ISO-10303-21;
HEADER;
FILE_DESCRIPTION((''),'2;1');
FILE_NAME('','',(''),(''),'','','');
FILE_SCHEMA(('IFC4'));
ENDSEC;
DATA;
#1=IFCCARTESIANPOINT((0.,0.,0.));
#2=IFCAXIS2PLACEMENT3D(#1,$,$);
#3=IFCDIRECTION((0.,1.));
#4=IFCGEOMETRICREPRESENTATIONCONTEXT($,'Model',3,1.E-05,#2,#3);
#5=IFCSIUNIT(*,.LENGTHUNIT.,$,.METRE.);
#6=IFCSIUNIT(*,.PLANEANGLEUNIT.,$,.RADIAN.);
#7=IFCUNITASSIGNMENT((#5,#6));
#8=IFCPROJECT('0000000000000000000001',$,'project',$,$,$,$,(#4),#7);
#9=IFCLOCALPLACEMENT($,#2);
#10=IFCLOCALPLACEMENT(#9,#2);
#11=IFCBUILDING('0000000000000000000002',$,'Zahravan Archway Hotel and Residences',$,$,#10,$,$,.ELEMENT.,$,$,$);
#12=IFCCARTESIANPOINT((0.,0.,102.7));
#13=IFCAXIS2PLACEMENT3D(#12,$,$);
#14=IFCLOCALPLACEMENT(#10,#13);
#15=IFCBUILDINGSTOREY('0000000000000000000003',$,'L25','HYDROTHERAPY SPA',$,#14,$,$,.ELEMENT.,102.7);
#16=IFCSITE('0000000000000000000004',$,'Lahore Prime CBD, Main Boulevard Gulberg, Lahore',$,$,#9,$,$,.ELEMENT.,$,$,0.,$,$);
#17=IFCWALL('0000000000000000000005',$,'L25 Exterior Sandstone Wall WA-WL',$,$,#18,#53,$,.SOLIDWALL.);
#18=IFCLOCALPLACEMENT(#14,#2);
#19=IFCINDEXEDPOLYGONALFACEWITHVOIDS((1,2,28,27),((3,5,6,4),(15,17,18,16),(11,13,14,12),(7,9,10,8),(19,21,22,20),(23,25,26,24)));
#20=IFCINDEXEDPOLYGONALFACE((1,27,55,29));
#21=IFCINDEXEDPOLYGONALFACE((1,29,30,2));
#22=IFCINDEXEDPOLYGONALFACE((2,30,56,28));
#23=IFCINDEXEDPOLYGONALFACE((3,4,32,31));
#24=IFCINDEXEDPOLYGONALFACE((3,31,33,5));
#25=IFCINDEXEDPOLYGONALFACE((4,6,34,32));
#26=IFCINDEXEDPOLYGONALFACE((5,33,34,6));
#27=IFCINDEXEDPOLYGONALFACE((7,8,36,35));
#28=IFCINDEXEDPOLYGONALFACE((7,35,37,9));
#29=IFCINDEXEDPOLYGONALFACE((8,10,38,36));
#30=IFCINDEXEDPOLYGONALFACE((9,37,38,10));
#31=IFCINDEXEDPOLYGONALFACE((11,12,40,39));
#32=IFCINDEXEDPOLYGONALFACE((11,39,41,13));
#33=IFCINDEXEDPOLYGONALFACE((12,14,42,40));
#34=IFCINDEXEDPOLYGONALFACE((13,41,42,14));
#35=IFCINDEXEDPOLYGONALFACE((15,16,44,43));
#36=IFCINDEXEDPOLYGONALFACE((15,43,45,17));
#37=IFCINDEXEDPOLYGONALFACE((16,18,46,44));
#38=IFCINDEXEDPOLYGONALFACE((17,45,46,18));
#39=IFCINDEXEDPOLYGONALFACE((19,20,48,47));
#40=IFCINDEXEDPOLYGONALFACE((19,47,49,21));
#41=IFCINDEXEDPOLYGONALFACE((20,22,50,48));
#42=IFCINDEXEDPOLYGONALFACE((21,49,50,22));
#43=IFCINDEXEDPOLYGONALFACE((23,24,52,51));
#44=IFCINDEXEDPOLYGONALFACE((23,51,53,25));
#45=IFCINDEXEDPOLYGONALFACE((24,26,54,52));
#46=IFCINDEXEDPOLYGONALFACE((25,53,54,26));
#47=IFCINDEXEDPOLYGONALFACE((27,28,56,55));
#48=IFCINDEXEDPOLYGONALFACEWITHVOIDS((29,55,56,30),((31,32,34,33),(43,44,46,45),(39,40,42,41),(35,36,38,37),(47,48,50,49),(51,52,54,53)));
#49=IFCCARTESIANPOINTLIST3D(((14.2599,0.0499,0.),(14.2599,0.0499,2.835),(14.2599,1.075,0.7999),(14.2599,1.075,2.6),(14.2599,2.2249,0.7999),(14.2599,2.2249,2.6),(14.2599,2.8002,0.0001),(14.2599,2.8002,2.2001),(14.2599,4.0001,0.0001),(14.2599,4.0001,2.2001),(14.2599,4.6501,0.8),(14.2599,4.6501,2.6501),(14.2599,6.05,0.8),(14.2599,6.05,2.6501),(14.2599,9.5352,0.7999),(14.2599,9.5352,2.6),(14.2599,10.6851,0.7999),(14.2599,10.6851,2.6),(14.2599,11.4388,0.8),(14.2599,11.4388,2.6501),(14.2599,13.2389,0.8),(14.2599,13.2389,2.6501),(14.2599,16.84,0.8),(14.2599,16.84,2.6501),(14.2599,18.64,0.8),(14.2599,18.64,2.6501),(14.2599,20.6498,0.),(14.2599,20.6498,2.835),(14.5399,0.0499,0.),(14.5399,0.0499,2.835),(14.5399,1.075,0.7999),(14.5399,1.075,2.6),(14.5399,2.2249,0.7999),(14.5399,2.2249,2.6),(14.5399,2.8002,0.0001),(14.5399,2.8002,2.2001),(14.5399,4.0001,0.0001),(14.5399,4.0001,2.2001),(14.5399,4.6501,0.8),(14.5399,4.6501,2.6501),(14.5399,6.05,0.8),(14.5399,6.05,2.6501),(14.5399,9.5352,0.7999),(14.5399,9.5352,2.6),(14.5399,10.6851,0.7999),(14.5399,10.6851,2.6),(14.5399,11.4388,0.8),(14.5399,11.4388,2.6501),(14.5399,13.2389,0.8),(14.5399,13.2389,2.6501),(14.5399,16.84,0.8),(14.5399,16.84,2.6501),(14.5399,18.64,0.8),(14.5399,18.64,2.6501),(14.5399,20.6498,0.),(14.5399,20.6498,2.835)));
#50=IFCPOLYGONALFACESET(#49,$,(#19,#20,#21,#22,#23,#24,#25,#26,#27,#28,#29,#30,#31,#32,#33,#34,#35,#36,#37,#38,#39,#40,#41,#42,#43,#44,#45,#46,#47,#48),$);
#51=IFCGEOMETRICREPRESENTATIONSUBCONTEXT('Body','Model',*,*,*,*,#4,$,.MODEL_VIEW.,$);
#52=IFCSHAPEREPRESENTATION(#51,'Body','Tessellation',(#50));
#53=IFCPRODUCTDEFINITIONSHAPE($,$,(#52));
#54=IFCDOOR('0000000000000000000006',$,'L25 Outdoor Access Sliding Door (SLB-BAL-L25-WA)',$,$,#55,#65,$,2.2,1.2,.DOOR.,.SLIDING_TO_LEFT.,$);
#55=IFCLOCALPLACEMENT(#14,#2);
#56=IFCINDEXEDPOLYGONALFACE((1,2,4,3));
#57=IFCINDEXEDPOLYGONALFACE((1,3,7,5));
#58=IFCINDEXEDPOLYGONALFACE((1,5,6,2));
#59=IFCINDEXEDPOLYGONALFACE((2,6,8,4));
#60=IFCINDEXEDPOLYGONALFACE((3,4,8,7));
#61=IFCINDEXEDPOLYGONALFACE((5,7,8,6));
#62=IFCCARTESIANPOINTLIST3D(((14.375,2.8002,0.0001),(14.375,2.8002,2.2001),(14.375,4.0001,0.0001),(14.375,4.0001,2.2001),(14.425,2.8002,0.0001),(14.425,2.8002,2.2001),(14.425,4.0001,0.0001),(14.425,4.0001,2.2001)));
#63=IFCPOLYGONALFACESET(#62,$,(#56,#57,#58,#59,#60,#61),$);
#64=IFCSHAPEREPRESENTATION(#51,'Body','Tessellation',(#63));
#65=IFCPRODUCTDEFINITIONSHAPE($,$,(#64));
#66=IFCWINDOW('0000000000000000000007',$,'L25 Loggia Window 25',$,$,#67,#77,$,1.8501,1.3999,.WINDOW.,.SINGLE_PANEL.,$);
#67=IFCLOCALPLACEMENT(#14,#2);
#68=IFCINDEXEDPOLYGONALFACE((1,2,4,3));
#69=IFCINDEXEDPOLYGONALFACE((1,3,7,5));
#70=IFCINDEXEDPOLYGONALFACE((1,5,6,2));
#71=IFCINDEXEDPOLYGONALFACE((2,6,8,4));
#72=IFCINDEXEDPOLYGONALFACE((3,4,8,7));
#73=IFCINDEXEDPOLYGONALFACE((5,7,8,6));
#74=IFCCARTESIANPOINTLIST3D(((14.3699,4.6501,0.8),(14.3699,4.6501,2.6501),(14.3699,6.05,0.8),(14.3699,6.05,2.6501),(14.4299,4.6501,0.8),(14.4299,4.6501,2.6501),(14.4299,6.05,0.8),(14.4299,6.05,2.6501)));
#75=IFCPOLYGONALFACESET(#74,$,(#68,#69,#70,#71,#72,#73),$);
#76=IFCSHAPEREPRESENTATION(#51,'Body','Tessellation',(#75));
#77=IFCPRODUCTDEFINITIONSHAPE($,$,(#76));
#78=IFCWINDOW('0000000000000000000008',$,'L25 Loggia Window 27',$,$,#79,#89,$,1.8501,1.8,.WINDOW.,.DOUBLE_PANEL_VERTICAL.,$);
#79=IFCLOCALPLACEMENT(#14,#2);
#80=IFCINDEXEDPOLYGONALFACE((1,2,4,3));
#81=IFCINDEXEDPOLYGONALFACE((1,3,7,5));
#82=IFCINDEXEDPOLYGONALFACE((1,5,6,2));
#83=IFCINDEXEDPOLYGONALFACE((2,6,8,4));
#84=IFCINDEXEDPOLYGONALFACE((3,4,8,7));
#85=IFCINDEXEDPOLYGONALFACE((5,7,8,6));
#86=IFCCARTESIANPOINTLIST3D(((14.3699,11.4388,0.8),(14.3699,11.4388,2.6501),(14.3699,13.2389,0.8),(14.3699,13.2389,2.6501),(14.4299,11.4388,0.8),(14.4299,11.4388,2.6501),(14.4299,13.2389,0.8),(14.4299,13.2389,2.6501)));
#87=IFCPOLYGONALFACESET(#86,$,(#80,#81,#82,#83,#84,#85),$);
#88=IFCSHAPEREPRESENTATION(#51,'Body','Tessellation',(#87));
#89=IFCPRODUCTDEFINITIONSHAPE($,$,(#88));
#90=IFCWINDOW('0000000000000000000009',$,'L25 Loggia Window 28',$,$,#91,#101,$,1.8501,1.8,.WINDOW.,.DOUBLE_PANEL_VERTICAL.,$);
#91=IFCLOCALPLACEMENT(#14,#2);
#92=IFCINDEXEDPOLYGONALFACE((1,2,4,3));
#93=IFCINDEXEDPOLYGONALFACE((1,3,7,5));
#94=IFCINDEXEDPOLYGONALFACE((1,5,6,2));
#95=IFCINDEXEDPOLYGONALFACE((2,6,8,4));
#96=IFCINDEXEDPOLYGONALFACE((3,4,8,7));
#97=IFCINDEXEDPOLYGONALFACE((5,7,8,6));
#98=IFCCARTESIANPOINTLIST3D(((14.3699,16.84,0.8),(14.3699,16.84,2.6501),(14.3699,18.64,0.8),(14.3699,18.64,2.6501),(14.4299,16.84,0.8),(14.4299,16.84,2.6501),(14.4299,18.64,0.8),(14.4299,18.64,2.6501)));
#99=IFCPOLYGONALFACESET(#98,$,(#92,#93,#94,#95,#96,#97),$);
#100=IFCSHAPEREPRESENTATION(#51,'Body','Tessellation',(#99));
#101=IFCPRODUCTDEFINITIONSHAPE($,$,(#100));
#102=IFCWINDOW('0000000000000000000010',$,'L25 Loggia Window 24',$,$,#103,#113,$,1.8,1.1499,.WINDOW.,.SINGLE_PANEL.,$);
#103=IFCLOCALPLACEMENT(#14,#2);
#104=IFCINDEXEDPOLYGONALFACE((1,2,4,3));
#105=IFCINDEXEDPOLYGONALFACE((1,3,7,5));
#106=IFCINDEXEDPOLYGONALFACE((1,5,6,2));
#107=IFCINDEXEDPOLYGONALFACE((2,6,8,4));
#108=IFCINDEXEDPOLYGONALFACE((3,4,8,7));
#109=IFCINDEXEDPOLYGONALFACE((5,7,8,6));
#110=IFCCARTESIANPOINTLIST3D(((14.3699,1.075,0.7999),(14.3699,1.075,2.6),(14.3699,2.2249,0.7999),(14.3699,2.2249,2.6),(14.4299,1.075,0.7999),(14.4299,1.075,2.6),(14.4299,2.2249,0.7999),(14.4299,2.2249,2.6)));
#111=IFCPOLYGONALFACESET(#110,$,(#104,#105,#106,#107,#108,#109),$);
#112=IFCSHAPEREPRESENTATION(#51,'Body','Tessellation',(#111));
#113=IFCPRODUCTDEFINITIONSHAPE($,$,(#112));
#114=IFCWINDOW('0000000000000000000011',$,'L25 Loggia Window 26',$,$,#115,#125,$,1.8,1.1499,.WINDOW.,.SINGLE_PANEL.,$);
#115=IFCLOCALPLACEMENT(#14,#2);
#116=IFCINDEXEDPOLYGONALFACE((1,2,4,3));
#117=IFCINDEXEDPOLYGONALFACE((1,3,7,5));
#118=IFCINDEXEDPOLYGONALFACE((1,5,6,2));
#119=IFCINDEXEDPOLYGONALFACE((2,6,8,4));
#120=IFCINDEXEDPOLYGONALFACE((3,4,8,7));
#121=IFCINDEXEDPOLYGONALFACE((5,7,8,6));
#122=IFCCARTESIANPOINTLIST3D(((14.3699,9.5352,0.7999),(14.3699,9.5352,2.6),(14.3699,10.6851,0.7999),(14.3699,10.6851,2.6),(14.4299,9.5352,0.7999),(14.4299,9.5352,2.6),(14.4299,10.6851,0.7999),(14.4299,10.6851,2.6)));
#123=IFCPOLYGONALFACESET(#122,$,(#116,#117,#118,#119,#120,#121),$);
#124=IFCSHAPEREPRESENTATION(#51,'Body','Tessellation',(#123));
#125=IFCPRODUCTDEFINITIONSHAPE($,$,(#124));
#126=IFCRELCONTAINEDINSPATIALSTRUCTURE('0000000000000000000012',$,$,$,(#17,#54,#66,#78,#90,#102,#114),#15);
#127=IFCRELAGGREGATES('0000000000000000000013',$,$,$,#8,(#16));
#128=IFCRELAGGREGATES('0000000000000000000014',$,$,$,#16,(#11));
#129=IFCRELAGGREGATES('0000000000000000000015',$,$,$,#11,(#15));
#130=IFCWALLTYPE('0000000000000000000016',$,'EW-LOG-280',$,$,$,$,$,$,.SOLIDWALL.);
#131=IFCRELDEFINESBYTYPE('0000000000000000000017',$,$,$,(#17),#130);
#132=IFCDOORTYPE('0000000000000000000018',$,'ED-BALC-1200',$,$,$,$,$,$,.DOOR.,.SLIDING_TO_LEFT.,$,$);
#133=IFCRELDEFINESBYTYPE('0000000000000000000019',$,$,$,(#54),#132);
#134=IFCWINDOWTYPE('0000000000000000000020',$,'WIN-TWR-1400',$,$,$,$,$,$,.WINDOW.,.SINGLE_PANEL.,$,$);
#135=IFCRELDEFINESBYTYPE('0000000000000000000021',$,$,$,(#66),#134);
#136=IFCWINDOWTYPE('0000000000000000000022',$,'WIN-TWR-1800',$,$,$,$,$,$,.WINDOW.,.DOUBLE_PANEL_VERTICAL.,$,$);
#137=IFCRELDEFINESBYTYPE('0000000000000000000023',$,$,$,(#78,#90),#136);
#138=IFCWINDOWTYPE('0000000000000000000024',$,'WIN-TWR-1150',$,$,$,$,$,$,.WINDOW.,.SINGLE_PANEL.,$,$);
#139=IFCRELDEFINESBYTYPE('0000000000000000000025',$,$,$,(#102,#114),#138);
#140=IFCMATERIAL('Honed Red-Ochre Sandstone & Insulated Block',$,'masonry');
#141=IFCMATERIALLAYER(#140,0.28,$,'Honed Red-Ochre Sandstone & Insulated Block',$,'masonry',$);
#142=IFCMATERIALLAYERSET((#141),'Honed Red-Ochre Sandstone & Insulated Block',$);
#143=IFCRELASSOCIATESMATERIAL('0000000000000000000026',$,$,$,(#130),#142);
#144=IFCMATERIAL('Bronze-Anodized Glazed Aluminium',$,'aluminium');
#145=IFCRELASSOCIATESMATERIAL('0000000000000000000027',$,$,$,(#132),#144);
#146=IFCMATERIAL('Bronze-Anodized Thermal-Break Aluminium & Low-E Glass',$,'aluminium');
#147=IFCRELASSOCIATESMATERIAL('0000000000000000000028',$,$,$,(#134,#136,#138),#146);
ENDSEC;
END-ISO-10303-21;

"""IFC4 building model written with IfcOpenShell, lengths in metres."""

from ifc_helpers import new_model, si_unit, direction, frame, frame_2d, origin, place, context, subcontext, project, spatial, rectangle, extrude, source, transform, mapped, material, layer, layer_set, type_object, type_shapes, element, fill, save


model = new_model("IFC4")

# Units and contexts
model_context = context("Model", 3, precision=1e-05, world=origin(), true_north=direction((0.0, 1.0)))
body_context = subcontext(model_context, "Body", "Model", "MODEL_VIEW")
ifc_project = project(units=[si_unit("LENGTHUNIT", "METRE"), si_unit("PLANEANGLEUNIT", "RADIAN")], contexts=[model_context])

# Site, building, storey
site_placement = place(None, origin())
site = spatial("IfcSite", under=ifc_project, at=site_placement, Name="Lahore Prime CBD, Main Boulevard Gulberg, Lahore", CompositionType="ELEMENT", RefElevation=0.0)
building_placement = place(site_placement, origin())
building = spatial("IfcBuilding", under=site, at=building_placement, Name="Zahravan Archway Hotel and Residences", CompositionType="ELEMENT")
storey_placement = place(building_placement, frame((0.0, 0.0, 102.7)))
storey = spatial("IfcBuildingStorey", under=building, at=storey_placement, Name="L25", Description="HYDROTHERAPY SPA", CompositionType="ELEMENT", Elevation=102.7)

# Wall, openings, door, windows
ifc_material_1 = material(Name="Honed Red-Ochre Sandstone & Insulated Block", Category="masonry")
ifc_layer = layer(ifc_material_1, 0.28, Name="Honed Red-Ochre Sandstone & Insulated Block", Category="masonry")
ifc_layer_set = layer_set([ifc_layer], Name="Honed Red-Ochre Sandstone & Insulated Block")
wall_type = type_object("IfcWallType", Name="EW-LOG-280", PredefinedType="SOLIDWALL", material=ifc_layer_set)
wall_placement = place(storey_placement, frame((14.3999, 0.05, 0.0), z_axis=(0.0, 0.0, 1.0), x_axis=(0.0, 1.0, 0.0)))
wall = element("IfcWall", 1, at=wall_placement, inside=storey, type_object=wall_type, Name="L25 Exterior Sandstone Wall WA-WL", PredefinedType="SOLIDWALL", context=body_context, shape_type="SweptSolid", body=[
    extrude(rectangle(XDim=20.5999, YDim=0.28, at=frame_2d((10.2998, 0.0))), origin(), (0.0, 0.0, 1.0), 2.835),
])
opening_1_placement = place(wall_placement, frame((2.75, 0.0, 0.0)))
opening_1 = element("IfcOpeningElement", 2, at=opening_1_placement, cuts=wall, PredefinedType="OPENING", context=body_context, shape_type="SweptSolid", body=[
    extrude(rectangle(XDim=1.2, YDim=2.2, at=frame_2d((0.6001, 1.1001))), frame((0.0, 0.1499, 0.0), z_axis=(0.0, -1.0, 0.0), x_axis=(1.0, 0.0, 0.0)), (0.0, 0.0, 1.0), 0.3),
])
opening_2_placement = place(wall_placement, frame((1.0249, 0.0, 0.8)))
opening_2 = element("IfcOpeningElement", 3, at=opening_2_placement, cuts=wall, PredefinedType="OPENING", context=body_context, shape_type="SweptSolid", body=[
    extrude(rectangle(XDim=1.1499, YDim=1.8, at=frame_2d((0.575, 0.8999))), frame((0.0, 0.1499, 0.0), z_axis=(0.0, -1.0, 0.0), x_axis=(1.0, 0.0, 0.0)), (0.0, 0.0, 1.0), 0.3),
])
opening_3_placement = place(wall_placement, frame((4.6001, 0.0, 0.8)))
opening_3 = element("IfcOpeningElement", 4, at=opening_3_placement, cuts=wall, PredefinedType="OPENING", context=body_context, shape_type="SweptSolid", body=[
    extrude(rectangle(XDim=1.3999, YDim=1.8501, at=frame_2d((0.7, 0.925))), frame((0.0, 0.1499, 0.0), z_axis=(0.0, -1.0, 0.0), x_axis=(1.0, 0.0, 0.0)), (0.0, 0.0, 1.0), 0.3),
])
opening_4_placement = place(wall_placement, frame((9.4851, 0.0, 0.8)))
opening_4 = element("IfcOpeningElement", 5, at=opening_4_placement, cuts=wall, PredefinedType="OPENING", context=body_context, shape_type="SweptSolid", body=[
    extrude(rectangle(XDim=1.1499, YDim=1.8, at=frame_2d((0.575, 0.8999))), frame((0.0, 0.1499, 0.0), z_axis=(0.0, -1.0, 0.0), x_axis=(1.0, 0.0, 0.0)), (0.0, 0.0, 1.0), 0.3),
])
opening_5_placement = place(wall_placement, frame((11.3889, 0.0, 0.8)))
opening_5 = element("IfcOpeningElement", 6, at=opening_5_placement, cuts=wall, PredefinedType="OPENING", context=body_context, shape_type="SweptSolid", body=[
    extrude(rectangle(XDim=1.8, YDim=1.8501, at=frame_2d((0.8999, 0.925))), frame((0.0, 0.1499, 0.0), z_axis=(0.0, -1.0, 0.0), x_axis=(1.0, 0.0, 0.0)), (0.0, 0.0, 1.0), 0.3),
])
opening_6_placement = place(wall_placement, frame((16.79, 0.0, 0.8)))
opening_6 = element("IfcOpeningElement", 7, at=opening_6_placement, cuts=wall, PredefinedType="OPENING", context=body_context, shape_type="SweptSolid", body=[
    extrude(rectangle(XDim=1.8, YDim=1.8501, at=frame_2d((0.8999, 0.925))), frame((0.0, 0.1499, 0.0), z_axis=(0.0, -1.0, 0.0), x_axis=(1.0, 0.0, 0.0)), (0.0, 0.0, 1.0), 0.3),
])
ifc_material_2 = material(Name="Bronze-Anodized Glazed Aluminium", Category="aluminium")
door_type = type_object("IfcDoorType", Name="ED-BALC-1200", OperationType="SLIDING_TO_LEFT", PredefinedType="DOOR", material=ifc_material_2)
shared_shape_1 = source(origin(), body_context, "Body", "SweptSolid", [
    extrude(rectangle(XDim=1.2, YDim=2.2, at=frame_2d((0.6001, 1.1001))), frame((0.0, 0.0249, 0.0), z_axis=(0.0, -1.0, 0.0), x_axis=(1.0, 0.0, 0.0)), (0.0, 0.0, 1.0), 0.05),
])
type_shapes(door_type, [shared_shape_1])
door_placement = place(opening_1_placement, origin())
door = element("IfcDoor", 8, at=door_placement, inside=storey, type_object=door_type, Name="L25 Outdoor Access Sliding Door (SLB-BAL-L25-WA)", OperationType="SLIDING_TO_LEFT", OverallHeight=2.2, OverallWidth=1.2, PredefinedType="DOOR", context=body_context, shape_type="MappedRepresentation", body=[
    mapped(shared_shape_1, transform((0.0, 0.0, 0.0), scale=1.0)),
])
fill(opening_1, door)
ifc_material_3 = material(Name="Bronze-Anodized Thermal-Break Aluminium & Low-E Glass", Category="aluminium")
window_type_1 = type_object("IfcWindowType", Name="WIN-TWR-1400", PartitioningType="SINGLE_PANEL", PredefinedType="WINDOW", material=ifc_material_3)
shared_shape_2 = source(origin(), body_context, "Body", "SweptSolid", [
    extrude(rectangle(XDim=1.3999, YDim=1.8501, at=frame_2d((0.7, 0.925))), frame((0.0, 0.03, 0.0), z_axis=(0.0, -1.0, 0.0), x_axis=(1.0, 0.0, 0.0)), (0.0, 0.0, 1.0), 0.0601),
])
type_shapes(window_type_1, [shared_shape_2])
window_1_placement = place(opening_3_placement, origin())
window_1 = element("IfcWindow", 9, at=window_1_placement, inside=storey, type_object=window_type_1, Name="L25 Loggia Window 25", OverallHeight=1.8501, OverallWidth=1.3999, PartitioningType="SINGLE_PANEL", PredefinedType="WINDOW", context=body_context, shape_type="MappedRepresentation", body=[
    mapped(shared_shape_2, transform((0.0, 0.0, 0.0), scale=1.0)),
])
fill(opening_3, window_1)
window_type_2 = type_object("IfcWindowType", Name="WIN-TWR-1800", PartitioningType="DOUBLE_PANEL_VERTICAL", PredefinedType="WINDOW", material=ifc_material_3)
shared_shape_3 = source(origin(), body_context, "Body", "SweptSolid", [
    extrude(rectangle(XDim=1.8, YDim=1.8501, at=frame_2d((0.8999, 0.925))), frame((0.0, 0.03, 0.0), z_axis=(0.0, -1.0, 0.0), x_axis=(1.0, 0.0, 0.0)), (0.0, 0.0, 1.0), 0.0601),
])
type_shapes(window_type_2, [shared_shape_3])
window_2_placement = place(opening_5_placement, origin())
window_2 = element("IfcWindow", 10, at=window_2_placement, inside=storey, type_object=window_type_2, Name="L25 Loggia Window 27", OverallHeight=1.8501, OverallWidth=1.8, PartitioningType="DOUBLE_PANEL_VERTICAL", PredefinedType="WINDOW", context=body_context, shape_type="MappedRepresentation", body=[
    mapped(shared_shape_3, transform((0.0, 0.0, 0.0), scale=1.0)),
])
fill(opening_5, window_2)
window_3_placement = place(opening_6_placement, origin())
window_3 = element("IfcWindow", 11, at=window_3_placement, inside=storey, type_object=window_type_2, Name="L25 Loggia Window 28", OverallHeight=1.8501, OverallWidth=1.8, PartitioningType="DOUBLE_PANEL_VERTICAL", PredefinedType="WINDOW", context=body_context, shape_type="MappedRepresentation", body=[
    mapped(shared_shape_3, transform((0.0, 0.0, 0.0), scale=1.0)),
])
fill(opening_6, window_3)
window_type_3 = type_object("IfcWindowType", Name="WIN-TWR-1150", PartitioningType="SINGLE_PANEL", PredefinedType="WINDOW", material=ifc_material_3)
shared_shape_4 = source(origin(), body_context, "Body", "SweptSolid", [
    extrude(rectangle(XDim=1.1499, YDim=1.8, at=frame_2d((0.575, 0.8999))), frame((0.0, 0.03, 0.0), z_axis=(0.0, -1.0, 0.0), x_axis=(1.0, 0.0, 0.0)), (0.0, 0.0, 1.0), 0.0601),
])
type_shapes(window_type_3, [shared_shape_4])
window_4_placement = place(opening_2_placement, origin())
window_4 = element("IfcWindow", 12, at=window_4_placement, inside=storey, type_object=window_type_3, Name="L25 Loggia Window 24", OverallHeight=1.8, OverallWidth=1.1499, PartitioningType="SINGLE_PANEL", PredefinedType="WINDOW", context=body_context, shape_type="MappedRepresentation", body=[
    mapped(shared_shape_4, transform((0.0, 0.0, 0.0), scale=1.0)),
])
fill(opening_2, window_4)
window_5_placement = place(opening_4_placement, origin())
window_5 = element("IfcWindow", 13, at=window_5_placement, inside=storey, type_object=window_type_3, Name="L25 Loggia Window 26", OverallHeight=1.8, OverallWidth=1.1499, PartitioningType="SINGLE_PANEL", PredefinedType="WINDOW", context=body_context, shape_type="MappedRepresentation", body=[
    mapped(shared_shape_4, transform((0.0, 0.0, 0.0), scale=1.0)),
])
fill(opening_4, window_5)

save(model, "model.ifc")
